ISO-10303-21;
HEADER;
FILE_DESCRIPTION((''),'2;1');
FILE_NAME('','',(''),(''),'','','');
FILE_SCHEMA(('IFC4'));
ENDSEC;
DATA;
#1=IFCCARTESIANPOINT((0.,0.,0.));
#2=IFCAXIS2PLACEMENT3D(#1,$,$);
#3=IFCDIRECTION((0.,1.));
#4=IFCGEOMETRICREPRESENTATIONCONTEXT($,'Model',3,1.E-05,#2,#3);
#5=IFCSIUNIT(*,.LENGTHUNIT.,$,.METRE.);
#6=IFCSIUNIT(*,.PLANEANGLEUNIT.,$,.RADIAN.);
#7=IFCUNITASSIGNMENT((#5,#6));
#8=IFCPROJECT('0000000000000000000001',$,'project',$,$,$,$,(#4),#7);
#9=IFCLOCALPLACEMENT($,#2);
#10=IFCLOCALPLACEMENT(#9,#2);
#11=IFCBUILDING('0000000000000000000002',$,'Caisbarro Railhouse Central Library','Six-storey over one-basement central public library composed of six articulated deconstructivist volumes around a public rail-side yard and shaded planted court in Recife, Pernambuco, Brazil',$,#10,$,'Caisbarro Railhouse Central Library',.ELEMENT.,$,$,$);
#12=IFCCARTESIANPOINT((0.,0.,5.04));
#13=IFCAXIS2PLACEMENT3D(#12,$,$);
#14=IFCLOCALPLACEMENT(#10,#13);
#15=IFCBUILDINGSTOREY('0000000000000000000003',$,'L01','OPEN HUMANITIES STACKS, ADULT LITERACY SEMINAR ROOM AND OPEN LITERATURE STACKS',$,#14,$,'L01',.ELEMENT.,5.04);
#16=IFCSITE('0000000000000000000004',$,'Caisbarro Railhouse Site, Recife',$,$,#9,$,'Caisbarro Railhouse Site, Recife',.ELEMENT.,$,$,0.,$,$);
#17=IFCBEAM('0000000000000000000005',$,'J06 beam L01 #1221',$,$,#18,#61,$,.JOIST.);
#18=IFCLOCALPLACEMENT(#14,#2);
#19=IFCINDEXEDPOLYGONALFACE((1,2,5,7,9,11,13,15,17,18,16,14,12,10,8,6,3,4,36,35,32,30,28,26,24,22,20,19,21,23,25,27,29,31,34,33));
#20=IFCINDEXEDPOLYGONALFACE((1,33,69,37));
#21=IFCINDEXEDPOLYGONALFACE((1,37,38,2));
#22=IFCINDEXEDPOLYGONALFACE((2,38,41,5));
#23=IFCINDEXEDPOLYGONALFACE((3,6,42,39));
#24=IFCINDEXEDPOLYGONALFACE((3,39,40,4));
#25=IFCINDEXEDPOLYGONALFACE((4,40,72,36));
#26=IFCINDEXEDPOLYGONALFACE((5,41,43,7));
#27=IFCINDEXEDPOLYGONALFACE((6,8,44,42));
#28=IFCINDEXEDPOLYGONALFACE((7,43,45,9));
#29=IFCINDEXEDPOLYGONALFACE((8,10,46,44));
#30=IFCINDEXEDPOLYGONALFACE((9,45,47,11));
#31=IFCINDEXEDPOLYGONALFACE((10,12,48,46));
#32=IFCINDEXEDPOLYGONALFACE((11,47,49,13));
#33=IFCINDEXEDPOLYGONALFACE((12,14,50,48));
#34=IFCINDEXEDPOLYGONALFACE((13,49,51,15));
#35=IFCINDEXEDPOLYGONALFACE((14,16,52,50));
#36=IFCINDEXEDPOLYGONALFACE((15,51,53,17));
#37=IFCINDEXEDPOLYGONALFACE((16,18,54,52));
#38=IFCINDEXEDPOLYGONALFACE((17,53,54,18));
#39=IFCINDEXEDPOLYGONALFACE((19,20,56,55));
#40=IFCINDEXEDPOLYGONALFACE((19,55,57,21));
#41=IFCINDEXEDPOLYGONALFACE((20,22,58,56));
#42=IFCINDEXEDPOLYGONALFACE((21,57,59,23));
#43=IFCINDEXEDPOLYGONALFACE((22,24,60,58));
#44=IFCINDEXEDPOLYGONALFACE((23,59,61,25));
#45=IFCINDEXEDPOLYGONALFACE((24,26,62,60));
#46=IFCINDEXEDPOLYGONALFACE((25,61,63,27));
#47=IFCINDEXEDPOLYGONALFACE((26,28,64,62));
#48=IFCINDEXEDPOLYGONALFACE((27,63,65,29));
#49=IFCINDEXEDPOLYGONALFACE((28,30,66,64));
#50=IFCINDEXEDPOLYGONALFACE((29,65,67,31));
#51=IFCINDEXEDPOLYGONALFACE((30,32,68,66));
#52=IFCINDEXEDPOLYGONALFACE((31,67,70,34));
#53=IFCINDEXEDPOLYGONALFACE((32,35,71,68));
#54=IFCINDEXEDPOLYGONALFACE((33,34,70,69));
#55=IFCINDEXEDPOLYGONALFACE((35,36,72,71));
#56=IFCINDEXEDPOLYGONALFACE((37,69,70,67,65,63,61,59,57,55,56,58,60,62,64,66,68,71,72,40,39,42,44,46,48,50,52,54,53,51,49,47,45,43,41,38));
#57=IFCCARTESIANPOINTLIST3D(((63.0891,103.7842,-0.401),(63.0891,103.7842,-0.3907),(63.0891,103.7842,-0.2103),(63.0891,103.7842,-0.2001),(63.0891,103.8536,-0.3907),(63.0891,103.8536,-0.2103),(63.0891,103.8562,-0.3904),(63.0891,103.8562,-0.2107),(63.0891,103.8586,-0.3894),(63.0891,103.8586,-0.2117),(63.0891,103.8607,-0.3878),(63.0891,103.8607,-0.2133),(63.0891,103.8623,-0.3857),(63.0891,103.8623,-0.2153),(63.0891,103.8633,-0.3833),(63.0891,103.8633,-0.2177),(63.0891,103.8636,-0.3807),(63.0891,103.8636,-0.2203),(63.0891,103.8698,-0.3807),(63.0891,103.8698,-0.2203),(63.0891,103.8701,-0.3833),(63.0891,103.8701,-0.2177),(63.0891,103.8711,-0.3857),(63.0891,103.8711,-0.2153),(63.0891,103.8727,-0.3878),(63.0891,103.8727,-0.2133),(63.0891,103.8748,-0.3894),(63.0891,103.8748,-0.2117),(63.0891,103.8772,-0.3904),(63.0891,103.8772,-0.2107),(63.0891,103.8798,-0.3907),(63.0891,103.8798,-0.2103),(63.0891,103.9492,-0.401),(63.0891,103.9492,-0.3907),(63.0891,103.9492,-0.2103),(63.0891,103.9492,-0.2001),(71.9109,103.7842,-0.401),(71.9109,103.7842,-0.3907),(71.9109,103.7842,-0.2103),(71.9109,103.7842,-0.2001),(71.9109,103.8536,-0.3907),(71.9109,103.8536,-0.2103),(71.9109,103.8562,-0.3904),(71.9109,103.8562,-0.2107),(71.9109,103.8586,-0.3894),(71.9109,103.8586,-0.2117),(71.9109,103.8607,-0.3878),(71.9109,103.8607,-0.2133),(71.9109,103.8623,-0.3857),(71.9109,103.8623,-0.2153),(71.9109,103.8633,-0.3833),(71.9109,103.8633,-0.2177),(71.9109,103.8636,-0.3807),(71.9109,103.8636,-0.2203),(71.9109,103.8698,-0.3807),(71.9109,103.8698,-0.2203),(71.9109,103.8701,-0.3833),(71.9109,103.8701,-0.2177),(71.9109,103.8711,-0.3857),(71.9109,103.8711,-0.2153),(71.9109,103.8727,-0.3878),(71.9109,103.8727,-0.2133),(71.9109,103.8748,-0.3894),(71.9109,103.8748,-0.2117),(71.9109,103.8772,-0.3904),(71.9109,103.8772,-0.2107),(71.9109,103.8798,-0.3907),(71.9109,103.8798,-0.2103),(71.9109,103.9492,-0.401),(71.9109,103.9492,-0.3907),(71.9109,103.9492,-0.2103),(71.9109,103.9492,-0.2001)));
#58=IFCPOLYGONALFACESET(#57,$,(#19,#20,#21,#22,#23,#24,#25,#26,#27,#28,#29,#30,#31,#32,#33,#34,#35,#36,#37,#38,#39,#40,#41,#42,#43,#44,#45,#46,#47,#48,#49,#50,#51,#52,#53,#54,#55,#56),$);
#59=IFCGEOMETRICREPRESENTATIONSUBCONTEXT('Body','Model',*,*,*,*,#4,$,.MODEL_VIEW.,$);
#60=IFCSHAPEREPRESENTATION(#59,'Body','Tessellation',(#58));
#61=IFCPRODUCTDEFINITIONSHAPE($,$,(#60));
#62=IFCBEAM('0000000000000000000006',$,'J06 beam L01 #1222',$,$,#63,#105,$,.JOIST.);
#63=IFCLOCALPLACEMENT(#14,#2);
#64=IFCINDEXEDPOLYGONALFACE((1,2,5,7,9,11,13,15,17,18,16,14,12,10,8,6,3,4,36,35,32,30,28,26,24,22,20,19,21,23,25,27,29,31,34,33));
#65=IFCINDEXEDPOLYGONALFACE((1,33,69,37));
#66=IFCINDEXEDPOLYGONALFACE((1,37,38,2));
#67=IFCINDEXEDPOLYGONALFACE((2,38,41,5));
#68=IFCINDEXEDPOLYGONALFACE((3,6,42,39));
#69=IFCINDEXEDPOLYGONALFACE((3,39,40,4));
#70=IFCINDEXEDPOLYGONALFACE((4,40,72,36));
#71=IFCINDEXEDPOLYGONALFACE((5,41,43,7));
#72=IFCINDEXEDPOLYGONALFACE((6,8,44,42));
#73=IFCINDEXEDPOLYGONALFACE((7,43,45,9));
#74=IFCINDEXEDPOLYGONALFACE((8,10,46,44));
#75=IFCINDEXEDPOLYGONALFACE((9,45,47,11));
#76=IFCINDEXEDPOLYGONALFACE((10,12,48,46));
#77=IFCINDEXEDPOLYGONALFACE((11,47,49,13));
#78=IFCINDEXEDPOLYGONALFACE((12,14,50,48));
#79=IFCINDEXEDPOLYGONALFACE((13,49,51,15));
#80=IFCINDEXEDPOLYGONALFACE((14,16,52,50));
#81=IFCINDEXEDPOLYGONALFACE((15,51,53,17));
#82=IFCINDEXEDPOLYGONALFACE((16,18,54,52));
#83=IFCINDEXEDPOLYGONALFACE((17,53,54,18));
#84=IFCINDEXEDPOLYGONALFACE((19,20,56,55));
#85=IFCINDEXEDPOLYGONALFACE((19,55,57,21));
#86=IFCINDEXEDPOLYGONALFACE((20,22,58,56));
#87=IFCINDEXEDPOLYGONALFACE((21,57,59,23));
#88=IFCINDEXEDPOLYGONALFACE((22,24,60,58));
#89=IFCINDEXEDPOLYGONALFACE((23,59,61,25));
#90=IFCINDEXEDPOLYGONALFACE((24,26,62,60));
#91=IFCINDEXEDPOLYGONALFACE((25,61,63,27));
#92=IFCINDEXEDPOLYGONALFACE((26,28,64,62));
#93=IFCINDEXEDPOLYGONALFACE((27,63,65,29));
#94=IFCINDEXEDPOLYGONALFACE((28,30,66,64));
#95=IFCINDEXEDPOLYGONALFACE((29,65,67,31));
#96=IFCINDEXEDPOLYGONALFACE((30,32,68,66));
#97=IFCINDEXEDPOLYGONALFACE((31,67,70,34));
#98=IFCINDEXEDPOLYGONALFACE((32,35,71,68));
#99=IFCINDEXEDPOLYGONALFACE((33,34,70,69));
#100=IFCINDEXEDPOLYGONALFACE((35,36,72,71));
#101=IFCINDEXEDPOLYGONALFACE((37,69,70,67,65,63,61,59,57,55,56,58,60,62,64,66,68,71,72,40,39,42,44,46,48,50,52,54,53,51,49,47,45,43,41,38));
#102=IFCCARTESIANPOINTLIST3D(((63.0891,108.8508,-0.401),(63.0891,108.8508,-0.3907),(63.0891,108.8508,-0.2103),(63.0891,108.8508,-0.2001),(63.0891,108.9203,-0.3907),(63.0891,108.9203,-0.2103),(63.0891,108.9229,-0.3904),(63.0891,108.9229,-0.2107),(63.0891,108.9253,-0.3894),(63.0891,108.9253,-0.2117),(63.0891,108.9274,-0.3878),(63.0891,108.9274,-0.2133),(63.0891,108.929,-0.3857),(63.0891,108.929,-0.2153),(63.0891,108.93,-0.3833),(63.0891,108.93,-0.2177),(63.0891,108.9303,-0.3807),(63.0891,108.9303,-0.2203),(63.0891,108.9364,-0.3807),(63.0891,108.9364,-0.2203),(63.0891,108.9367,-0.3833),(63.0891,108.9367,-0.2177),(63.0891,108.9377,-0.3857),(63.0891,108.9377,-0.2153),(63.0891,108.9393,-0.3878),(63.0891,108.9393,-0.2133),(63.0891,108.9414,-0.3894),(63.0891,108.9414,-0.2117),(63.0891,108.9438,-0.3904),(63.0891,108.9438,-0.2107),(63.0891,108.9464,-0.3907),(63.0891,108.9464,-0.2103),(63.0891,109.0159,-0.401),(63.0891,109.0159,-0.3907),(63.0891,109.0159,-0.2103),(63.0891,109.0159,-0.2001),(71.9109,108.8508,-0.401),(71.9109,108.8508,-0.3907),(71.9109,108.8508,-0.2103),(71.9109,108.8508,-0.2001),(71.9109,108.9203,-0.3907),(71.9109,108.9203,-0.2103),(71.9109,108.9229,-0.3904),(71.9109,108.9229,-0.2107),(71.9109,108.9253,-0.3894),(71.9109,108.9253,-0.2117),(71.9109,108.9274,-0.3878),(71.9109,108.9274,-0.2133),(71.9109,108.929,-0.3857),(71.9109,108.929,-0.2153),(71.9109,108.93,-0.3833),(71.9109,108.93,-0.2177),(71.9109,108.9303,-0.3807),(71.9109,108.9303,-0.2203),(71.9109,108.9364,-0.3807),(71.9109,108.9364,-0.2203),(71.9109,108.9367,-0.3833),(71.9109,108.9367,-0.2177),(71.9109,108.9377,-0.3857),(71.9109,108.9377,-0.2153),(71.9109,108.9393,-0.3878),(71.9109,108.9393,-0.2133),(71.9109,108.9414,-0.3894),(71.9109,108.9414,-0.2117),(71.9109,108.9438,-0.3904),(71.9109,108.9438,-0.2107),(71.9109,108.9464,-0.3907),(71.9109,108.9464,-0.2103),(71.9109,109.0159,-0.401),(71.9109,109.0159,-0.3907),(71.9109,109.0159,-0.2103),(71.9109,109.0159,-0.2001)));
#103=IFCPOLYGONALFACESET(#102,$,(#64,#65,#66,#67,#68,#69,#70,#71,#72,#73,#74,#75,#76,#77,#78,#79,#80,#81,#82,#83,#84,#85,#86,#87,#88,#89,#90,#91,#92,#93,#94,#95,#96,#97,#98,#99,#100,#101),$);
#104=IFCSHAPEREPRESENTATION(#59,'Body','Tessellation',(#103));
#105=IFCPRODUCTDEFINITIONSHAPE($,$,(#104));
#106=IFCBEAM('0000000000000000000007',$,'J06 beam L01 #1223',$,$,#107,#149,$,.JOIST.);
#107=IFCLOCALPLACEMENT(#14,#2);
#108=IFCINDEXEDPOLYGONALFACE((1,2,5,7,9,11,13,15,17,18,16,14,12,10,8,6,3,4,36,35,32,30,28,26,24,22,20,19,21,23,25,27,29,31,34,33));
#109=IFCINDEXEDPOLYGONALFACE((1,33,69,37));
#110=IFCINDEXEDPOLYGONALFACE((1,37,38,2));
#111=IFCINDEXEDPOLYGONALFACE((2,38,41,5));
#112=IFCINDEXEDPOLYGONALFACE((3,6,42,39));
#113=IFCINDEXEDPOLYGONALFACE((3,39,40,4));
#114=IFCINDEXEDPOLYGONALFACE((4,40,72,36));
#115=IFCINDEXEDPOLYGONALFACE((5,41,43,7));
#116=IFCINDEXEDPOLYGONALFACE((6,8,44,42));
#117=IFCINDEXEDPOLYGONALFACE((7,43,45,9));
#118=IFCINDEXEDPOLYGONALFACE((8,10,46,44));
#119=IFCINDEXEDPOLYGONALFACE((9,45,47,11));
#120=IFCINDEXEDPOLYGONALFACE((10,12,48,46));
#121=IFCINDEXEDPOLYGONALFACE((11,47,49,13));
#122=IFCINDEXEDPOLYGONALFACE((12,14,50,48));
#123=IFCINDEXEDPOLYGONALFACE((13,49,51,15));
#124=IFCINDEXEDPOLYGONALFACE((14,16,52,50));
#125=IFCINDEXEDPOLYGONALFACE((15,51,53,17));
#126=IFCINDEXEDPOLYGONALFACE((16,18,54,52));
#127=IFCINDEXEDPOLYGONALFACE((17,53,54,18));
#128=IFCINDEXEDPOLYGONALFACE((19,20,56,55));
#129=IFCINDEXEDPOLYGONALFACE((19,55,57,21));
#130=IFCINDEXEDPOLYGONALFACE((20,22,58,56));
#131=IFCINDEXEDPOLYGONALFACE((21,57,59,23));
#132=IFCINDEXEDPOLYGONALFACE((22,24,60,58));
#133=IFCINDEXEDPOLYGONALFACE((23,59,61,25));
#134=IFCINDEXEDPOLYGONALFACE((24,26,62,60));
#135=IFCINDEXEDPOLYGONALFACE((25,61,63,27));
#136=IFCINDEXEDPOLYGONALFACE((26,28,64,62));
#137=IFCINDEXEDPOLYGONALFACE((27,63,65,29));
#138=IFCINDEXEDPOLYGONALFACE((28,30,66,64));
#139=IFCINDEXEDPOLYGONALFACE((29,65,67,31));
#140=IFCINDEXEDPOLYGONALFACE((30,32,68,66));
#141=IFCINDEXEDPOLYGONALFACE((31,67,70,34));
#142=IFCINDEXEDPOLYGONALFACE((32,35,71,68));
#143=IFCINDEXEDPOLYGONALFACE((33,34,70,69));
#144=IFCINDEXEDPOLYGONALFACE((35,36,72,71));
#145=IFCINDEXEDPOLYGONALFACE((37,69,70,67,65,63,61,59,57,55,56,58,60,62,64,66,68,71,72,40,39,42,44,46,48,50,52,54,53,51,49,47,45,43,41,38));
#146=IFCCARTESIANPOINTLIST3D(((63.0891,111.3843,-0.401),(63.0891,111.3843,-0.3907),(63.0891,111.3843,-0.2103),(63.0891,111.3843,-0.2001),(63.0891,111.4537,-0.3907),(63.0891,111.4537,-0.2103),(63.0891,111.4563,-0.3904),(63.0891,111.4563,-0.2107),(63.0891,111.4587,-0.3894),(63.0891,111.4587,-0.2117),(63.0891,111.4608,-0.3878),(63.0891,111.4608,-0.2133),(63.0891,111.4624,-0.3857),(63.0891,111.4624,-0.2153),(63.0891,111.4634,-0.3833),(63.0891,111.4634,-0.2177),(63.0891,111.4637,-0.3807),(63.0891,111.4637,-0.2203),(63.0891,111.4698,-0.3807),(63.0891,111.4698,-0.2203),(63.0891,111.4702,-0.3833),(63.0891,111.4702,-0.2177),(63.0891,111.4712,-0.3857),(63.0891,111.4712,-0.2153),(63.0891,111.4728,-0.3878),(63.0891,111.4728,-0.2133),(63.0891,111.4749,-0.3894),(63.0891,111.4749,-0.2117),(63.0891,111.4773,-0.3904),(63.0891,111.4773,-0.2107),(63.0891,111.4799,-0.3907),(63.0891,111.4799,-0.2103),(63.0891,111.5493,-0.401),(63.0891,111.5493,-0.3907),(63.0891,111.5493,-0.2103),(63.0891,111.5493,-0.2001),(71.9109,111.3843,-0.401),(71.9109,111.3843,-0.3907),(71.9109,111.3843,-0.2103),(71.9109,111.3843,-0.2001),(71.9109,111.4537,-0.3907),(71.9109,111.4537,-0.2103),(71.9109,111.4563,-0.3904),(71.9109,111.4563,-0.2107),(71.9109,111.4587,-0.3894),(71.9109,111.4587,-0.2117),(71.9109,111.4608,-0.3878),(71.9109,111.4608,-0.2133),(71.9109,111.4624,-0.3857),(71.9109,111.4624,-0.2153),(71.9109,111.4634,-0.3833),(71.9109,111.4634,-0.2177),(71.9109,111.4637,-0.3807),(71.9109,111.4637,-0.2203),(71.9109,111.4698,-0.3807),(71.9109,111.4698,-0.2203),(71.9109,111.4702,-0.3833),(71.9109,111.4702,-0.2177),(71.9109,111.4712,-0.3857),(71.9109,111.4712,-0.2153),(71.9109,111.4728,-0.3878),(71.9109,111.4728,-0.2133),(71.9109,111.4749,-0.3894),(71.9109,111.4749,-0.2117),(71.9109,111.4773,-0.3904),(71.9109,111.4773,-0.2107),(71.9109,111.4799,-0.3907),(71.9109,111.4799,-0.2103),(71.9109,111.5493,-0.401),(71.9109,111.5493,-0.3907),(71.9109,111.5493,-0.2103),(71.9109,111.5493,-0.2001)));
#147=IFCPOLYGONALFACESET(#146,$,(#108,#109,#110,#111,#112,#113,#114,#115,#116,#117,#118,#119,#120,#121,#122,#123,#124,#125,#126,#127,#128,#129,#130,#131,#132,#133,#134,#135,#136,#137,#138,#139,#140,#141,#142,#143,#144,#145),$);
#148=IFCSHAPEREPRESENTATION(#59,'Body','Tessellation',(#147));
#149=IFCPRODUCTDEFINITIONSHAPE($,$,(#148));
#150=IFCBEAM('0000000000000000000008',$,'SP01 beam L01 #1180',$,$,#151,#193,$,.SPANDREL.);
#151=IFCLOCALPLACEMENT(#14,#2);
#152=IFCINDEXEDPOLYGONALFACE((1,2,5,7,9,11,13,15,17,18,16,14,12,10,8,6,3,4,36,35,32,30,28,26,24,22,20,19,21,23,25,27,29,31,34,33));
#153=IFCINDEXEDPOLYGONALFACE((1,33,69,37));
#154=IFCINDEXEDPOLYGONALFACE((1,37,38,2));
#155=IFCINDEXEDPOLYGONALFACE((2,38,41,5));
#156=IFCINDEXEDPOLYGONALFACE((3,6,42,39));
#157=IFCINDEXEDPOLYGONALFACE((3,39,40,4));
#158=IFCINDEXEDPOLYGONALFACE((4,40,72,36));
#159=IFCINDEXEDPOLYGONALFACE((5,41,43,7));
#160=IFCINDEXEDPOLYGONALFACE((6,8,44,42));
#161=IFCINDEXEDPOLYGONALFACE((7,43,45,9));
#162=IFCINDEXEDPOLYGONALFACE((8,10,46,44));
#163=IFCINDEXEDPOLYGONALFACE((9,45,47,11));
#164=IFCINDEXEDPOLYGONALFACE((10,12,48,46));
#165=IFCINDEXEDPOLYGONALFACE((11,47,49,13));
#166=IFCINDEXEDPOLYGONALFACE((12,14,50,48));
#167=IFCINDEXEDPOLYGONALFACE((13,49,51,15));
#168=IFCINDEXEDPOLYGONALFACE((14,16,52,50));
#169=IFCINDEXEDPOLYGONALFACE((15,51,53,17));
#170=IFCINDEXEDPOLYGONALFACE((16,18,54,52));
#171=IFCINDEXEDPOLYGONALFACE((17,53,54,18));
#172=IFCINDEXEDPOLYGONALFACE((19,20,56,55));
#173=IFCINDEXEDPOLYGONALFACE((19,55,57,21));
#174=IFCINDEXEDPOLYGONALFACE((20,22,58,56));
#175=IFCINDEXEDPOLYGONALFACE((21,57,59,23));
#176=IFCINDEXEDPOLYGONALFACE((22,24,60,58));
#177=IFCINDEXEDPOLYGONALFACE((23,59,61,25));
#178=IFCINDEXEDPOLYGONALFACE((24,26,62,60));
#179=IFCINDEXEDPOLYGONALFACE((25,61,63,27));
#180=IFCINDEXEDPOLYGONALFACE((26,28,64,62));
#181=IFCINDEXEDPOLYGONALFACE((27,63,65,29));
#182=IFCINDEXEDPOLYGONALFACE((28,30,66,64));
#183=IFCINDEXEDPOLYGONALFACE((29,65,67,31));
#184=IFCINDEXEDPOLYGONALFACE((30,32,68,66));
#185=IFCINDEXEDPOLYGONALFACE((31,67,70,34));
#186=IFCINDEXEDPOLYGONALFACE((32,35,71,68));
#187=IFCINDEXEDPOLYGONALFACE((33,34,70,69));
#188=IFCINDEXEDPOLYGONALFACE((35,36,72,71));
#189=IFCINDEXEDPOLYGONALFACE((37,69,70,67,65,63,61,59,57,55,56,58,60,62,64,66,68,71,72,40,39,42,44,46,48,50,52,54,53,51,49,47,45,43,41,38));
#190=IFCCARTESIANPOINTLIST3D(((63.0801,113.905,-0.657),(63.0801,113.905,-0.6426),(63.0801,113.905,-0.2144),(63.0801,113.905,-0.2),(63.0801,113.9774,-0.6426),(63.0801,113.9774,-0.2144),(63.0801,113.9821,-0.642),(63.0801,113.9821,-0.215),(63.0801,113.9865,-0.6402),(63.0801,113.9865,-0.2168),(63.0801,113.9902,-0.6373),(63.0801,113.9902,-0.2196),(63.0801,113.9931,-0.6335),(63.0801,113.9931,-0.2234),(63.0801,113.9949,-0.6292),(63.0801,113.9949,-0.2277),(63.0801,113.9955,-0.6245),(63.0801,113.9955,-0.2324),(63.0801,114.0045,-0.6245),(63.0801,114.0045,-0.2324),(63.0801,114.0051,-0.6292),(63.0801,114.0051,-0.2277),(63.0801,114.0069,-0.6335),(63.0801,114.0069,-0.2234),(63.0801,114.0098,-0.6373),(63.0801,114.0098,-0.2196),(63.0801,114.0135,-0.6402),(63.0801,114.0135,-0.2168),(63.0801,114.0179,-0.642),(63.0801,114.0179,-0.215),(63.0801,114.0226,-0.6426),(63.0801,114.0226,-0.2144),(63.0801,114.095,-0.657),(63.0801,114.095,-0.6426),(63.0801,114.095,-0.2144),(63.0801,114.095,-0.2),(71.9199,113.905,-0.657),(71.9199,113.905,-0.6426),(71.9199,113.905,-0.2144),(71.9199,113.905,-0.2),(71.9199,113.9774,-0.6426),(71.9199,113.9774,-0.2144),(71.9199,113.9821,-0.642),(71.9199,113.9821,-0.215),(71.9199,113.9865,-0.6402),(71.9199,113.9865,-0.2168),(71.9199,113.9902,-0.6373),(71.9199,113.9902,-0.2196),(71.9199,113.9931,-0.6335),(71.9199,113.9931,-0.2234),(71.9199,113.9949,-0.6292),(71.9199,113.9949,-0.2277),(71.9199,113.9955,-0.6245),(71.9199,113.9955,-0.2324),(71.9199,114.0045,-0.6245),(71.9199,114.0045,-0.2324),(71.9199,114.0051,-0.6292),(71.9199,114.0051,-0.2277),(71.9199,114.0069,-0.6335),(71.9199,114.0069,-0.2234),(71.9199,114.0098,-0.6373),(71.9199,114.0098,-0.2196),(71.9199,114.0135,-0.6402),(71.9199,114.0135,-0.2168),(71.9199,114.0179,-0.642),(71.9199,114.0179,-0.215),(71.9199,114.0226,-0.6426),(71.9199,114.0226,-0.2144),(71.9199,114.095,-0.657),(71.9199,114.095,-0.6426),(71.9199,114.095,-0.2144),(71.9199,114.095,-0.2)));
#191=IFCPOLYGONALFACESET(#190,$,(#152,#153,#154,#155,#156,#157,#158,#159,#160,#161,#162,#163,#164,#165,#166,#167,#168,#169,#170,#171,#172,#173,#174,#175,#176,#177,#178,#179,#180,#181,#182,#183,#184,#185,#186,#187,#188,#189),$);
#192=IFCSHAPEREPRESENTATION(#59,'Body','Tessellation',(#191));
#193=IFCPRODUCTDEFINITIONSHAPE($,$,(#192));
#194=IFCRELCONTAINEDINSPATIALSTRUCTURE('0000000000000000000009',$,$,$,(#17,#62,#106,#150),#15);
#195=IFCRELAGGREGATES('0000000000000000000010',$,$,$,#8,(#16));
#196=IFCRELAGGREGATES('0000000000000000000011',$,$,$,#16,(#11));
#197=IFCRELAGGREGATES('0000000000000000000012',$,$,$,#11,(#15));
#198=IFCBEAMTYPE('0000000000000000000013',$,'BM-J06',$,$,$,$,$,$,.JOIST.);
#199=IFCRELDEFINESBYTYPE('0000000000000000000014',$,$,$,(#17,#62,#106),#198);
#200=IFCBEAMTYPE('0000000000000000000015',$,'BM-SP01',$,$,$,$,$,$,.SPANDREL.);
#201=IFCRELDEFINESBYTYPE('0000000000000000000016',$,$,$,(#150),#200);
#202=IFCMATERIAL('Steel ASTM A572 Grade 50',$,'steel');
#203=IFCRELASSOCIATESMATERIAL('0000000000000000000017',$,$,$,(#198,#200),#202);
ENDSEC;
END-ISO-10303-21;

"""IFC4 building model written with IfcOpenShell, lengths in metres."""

from ifc_helpers import new_model, si_unit, direction, frame, origin, origin_2d, place, context, subcontext, project, spatial, i_section, extrude, material, material_profile, profile_set, type_object, element, save


model = new_model("IFC4")

# Units and contexts
model_context = context("Model", 3, precision=1e-05, world=origin(), true_north=direction((0.0, 1.0)))
body_context = subcontext(model_context, "Body", "Model", "MODEL_VIEW")
ifc_project = project(units=[si_unit("LENGTHUNIT", "METRE"), si_unit("PLANEANGLEUNIT", "RADIAN")], contexts=[model_context])

# Site, building, storey
site_placement = place(None, origin())
site = spatial("IfcSite", under=ifc_project, at=site_placement, Name="Caisbarro Railhouse Site, Recife", LongName="Caisbarro Railhouse Site, Recife", CompositionType="ELEMENT", RefElevation=0.0)
building_placement = place(site_placement, origin())
building = spatial("IfcBuilding", under=site, at=building_placement, Name="Caisbarro Railhouse Central Library", Description="Six-storey over one-basement central public library composed of six articulated deconstructivist volumes around a public rail-side yard and shaded planted court in Recife, Pernambuco, Brazil", LongName="Caisbarro Railhouse Central Library", CompositionType="ELEMENT")
storey_placement = place(building_placement, frame((0.0, 0.0, 5.04)))
storey = spatial("IfcBuildingStorey", under=building, at=storey_placement, Name="L01", Description="OPEN HUMANITIES STACKS, ADULT LITERACY SEMINAR ROOM AND OPEN LITERATURE STACKS", LongName="L01", CompositionType="ELEMENT", Elevation=5.04)

# Shared definitions
ifc_material_1 = material(Name="Steel ASTM A572 Grade 50", Category="steel")

# Beams
ifc_material_profile_1 = material_profile(ifc_material_1, i_section(OverallWidth=0.165, OverallDepth=0.2009, WebThickness=0.0061, FlangeThickness=0.0103, FilletRadius=0.01, at=origin_2d()), Name="W200X35.9")
ifc_profile_set_1 = profile_set([ifc_material_profile_1], Name="Steel ASTM A572 Grade 50")
beam_type_1 = type_object("IfcBeamType", Name="BM-J06", PredefinedType="JOIST", material=ifc_profile_set_1)
for number, where, z_axis, x_axis, name in (
    (1, (63.0891, 103.8667, -0.3005), (1.0, 0.0, 0.0), (0.0, 1.0, 0.0), "J06 beam L01 #1221"),
    (2, (63.0891, 108.9333, -0.3005), (1.0, 0.0, 0.0), (0.0, 1.0, 0.0), "J06 beam L01 #1222"),
    (3, (63.0891, 111.4668, -0.3005), (1.0, 0.0, 0.0), (0.0, 1.0, 0.0), "J06 beam L01 #1223"),
):
    element("IfcBeam", number, at=place(storey_placement, frame(where, z_axis=z_axis, x_axis=x_axis)), inside=storey, type_object=beam_type_1, Name=name, PredefinedType="JOIST", context=body_context, shape_type="SweptSolid", body=[
        extrude(i_section(OverallWidth=0.165, OverallDepth=0.2009, WebThickness=0.0061, FlangeThickness=0.0103, FilletRadius=0.01, at=origin_2d()), origin(), (0.0, 0.0, 1.0), 8.8218),
    ])
ifc_material_profile_2 = material_profile(ifc_material_1, i_section(OverallWidth=0.1899, OverallDepth=0.457, WebThickness=0.009, FlangeThickness=0.0144, FilletRadius=0.0181, at=origin_2d()), Name="W460X74.0")
ifc_profile_set_2 = profile_set([ifc_material_profile_2], Name="Steel ASTM A572 Grade 50")
beam_type_2 = type_object("IfcBeamType", Name="BM-SP01", PredefinedType="SPANDREL", material=ifc_profile_set_2)
beam_1_placement = place(storey_placement, frame((63.0801, 114.0, -0.4285), z_axis=(1.0, 0.0, 0.0), x_axis=(0.0, 1.0, 0.0)))
element("IfcBeam", 4, at=beam_1_placement, inside=storey, type_object=beam_type_2, Name="SP01 beam L01 #1180", PredefinedType="SPANDREL", context=body_context, shape_type="SweptSolid", body=[
    extrude(i_section(OverallWidth=0.1899, OverallDepth=0.457, WebThickness=0.009, FlangeThickness=0.0144, FilletRadius=0.0181, at=origin_2d()), origin(), (0.0, 0.0, 1.0), 8.8398),
])

save(model, "model.ifc")
